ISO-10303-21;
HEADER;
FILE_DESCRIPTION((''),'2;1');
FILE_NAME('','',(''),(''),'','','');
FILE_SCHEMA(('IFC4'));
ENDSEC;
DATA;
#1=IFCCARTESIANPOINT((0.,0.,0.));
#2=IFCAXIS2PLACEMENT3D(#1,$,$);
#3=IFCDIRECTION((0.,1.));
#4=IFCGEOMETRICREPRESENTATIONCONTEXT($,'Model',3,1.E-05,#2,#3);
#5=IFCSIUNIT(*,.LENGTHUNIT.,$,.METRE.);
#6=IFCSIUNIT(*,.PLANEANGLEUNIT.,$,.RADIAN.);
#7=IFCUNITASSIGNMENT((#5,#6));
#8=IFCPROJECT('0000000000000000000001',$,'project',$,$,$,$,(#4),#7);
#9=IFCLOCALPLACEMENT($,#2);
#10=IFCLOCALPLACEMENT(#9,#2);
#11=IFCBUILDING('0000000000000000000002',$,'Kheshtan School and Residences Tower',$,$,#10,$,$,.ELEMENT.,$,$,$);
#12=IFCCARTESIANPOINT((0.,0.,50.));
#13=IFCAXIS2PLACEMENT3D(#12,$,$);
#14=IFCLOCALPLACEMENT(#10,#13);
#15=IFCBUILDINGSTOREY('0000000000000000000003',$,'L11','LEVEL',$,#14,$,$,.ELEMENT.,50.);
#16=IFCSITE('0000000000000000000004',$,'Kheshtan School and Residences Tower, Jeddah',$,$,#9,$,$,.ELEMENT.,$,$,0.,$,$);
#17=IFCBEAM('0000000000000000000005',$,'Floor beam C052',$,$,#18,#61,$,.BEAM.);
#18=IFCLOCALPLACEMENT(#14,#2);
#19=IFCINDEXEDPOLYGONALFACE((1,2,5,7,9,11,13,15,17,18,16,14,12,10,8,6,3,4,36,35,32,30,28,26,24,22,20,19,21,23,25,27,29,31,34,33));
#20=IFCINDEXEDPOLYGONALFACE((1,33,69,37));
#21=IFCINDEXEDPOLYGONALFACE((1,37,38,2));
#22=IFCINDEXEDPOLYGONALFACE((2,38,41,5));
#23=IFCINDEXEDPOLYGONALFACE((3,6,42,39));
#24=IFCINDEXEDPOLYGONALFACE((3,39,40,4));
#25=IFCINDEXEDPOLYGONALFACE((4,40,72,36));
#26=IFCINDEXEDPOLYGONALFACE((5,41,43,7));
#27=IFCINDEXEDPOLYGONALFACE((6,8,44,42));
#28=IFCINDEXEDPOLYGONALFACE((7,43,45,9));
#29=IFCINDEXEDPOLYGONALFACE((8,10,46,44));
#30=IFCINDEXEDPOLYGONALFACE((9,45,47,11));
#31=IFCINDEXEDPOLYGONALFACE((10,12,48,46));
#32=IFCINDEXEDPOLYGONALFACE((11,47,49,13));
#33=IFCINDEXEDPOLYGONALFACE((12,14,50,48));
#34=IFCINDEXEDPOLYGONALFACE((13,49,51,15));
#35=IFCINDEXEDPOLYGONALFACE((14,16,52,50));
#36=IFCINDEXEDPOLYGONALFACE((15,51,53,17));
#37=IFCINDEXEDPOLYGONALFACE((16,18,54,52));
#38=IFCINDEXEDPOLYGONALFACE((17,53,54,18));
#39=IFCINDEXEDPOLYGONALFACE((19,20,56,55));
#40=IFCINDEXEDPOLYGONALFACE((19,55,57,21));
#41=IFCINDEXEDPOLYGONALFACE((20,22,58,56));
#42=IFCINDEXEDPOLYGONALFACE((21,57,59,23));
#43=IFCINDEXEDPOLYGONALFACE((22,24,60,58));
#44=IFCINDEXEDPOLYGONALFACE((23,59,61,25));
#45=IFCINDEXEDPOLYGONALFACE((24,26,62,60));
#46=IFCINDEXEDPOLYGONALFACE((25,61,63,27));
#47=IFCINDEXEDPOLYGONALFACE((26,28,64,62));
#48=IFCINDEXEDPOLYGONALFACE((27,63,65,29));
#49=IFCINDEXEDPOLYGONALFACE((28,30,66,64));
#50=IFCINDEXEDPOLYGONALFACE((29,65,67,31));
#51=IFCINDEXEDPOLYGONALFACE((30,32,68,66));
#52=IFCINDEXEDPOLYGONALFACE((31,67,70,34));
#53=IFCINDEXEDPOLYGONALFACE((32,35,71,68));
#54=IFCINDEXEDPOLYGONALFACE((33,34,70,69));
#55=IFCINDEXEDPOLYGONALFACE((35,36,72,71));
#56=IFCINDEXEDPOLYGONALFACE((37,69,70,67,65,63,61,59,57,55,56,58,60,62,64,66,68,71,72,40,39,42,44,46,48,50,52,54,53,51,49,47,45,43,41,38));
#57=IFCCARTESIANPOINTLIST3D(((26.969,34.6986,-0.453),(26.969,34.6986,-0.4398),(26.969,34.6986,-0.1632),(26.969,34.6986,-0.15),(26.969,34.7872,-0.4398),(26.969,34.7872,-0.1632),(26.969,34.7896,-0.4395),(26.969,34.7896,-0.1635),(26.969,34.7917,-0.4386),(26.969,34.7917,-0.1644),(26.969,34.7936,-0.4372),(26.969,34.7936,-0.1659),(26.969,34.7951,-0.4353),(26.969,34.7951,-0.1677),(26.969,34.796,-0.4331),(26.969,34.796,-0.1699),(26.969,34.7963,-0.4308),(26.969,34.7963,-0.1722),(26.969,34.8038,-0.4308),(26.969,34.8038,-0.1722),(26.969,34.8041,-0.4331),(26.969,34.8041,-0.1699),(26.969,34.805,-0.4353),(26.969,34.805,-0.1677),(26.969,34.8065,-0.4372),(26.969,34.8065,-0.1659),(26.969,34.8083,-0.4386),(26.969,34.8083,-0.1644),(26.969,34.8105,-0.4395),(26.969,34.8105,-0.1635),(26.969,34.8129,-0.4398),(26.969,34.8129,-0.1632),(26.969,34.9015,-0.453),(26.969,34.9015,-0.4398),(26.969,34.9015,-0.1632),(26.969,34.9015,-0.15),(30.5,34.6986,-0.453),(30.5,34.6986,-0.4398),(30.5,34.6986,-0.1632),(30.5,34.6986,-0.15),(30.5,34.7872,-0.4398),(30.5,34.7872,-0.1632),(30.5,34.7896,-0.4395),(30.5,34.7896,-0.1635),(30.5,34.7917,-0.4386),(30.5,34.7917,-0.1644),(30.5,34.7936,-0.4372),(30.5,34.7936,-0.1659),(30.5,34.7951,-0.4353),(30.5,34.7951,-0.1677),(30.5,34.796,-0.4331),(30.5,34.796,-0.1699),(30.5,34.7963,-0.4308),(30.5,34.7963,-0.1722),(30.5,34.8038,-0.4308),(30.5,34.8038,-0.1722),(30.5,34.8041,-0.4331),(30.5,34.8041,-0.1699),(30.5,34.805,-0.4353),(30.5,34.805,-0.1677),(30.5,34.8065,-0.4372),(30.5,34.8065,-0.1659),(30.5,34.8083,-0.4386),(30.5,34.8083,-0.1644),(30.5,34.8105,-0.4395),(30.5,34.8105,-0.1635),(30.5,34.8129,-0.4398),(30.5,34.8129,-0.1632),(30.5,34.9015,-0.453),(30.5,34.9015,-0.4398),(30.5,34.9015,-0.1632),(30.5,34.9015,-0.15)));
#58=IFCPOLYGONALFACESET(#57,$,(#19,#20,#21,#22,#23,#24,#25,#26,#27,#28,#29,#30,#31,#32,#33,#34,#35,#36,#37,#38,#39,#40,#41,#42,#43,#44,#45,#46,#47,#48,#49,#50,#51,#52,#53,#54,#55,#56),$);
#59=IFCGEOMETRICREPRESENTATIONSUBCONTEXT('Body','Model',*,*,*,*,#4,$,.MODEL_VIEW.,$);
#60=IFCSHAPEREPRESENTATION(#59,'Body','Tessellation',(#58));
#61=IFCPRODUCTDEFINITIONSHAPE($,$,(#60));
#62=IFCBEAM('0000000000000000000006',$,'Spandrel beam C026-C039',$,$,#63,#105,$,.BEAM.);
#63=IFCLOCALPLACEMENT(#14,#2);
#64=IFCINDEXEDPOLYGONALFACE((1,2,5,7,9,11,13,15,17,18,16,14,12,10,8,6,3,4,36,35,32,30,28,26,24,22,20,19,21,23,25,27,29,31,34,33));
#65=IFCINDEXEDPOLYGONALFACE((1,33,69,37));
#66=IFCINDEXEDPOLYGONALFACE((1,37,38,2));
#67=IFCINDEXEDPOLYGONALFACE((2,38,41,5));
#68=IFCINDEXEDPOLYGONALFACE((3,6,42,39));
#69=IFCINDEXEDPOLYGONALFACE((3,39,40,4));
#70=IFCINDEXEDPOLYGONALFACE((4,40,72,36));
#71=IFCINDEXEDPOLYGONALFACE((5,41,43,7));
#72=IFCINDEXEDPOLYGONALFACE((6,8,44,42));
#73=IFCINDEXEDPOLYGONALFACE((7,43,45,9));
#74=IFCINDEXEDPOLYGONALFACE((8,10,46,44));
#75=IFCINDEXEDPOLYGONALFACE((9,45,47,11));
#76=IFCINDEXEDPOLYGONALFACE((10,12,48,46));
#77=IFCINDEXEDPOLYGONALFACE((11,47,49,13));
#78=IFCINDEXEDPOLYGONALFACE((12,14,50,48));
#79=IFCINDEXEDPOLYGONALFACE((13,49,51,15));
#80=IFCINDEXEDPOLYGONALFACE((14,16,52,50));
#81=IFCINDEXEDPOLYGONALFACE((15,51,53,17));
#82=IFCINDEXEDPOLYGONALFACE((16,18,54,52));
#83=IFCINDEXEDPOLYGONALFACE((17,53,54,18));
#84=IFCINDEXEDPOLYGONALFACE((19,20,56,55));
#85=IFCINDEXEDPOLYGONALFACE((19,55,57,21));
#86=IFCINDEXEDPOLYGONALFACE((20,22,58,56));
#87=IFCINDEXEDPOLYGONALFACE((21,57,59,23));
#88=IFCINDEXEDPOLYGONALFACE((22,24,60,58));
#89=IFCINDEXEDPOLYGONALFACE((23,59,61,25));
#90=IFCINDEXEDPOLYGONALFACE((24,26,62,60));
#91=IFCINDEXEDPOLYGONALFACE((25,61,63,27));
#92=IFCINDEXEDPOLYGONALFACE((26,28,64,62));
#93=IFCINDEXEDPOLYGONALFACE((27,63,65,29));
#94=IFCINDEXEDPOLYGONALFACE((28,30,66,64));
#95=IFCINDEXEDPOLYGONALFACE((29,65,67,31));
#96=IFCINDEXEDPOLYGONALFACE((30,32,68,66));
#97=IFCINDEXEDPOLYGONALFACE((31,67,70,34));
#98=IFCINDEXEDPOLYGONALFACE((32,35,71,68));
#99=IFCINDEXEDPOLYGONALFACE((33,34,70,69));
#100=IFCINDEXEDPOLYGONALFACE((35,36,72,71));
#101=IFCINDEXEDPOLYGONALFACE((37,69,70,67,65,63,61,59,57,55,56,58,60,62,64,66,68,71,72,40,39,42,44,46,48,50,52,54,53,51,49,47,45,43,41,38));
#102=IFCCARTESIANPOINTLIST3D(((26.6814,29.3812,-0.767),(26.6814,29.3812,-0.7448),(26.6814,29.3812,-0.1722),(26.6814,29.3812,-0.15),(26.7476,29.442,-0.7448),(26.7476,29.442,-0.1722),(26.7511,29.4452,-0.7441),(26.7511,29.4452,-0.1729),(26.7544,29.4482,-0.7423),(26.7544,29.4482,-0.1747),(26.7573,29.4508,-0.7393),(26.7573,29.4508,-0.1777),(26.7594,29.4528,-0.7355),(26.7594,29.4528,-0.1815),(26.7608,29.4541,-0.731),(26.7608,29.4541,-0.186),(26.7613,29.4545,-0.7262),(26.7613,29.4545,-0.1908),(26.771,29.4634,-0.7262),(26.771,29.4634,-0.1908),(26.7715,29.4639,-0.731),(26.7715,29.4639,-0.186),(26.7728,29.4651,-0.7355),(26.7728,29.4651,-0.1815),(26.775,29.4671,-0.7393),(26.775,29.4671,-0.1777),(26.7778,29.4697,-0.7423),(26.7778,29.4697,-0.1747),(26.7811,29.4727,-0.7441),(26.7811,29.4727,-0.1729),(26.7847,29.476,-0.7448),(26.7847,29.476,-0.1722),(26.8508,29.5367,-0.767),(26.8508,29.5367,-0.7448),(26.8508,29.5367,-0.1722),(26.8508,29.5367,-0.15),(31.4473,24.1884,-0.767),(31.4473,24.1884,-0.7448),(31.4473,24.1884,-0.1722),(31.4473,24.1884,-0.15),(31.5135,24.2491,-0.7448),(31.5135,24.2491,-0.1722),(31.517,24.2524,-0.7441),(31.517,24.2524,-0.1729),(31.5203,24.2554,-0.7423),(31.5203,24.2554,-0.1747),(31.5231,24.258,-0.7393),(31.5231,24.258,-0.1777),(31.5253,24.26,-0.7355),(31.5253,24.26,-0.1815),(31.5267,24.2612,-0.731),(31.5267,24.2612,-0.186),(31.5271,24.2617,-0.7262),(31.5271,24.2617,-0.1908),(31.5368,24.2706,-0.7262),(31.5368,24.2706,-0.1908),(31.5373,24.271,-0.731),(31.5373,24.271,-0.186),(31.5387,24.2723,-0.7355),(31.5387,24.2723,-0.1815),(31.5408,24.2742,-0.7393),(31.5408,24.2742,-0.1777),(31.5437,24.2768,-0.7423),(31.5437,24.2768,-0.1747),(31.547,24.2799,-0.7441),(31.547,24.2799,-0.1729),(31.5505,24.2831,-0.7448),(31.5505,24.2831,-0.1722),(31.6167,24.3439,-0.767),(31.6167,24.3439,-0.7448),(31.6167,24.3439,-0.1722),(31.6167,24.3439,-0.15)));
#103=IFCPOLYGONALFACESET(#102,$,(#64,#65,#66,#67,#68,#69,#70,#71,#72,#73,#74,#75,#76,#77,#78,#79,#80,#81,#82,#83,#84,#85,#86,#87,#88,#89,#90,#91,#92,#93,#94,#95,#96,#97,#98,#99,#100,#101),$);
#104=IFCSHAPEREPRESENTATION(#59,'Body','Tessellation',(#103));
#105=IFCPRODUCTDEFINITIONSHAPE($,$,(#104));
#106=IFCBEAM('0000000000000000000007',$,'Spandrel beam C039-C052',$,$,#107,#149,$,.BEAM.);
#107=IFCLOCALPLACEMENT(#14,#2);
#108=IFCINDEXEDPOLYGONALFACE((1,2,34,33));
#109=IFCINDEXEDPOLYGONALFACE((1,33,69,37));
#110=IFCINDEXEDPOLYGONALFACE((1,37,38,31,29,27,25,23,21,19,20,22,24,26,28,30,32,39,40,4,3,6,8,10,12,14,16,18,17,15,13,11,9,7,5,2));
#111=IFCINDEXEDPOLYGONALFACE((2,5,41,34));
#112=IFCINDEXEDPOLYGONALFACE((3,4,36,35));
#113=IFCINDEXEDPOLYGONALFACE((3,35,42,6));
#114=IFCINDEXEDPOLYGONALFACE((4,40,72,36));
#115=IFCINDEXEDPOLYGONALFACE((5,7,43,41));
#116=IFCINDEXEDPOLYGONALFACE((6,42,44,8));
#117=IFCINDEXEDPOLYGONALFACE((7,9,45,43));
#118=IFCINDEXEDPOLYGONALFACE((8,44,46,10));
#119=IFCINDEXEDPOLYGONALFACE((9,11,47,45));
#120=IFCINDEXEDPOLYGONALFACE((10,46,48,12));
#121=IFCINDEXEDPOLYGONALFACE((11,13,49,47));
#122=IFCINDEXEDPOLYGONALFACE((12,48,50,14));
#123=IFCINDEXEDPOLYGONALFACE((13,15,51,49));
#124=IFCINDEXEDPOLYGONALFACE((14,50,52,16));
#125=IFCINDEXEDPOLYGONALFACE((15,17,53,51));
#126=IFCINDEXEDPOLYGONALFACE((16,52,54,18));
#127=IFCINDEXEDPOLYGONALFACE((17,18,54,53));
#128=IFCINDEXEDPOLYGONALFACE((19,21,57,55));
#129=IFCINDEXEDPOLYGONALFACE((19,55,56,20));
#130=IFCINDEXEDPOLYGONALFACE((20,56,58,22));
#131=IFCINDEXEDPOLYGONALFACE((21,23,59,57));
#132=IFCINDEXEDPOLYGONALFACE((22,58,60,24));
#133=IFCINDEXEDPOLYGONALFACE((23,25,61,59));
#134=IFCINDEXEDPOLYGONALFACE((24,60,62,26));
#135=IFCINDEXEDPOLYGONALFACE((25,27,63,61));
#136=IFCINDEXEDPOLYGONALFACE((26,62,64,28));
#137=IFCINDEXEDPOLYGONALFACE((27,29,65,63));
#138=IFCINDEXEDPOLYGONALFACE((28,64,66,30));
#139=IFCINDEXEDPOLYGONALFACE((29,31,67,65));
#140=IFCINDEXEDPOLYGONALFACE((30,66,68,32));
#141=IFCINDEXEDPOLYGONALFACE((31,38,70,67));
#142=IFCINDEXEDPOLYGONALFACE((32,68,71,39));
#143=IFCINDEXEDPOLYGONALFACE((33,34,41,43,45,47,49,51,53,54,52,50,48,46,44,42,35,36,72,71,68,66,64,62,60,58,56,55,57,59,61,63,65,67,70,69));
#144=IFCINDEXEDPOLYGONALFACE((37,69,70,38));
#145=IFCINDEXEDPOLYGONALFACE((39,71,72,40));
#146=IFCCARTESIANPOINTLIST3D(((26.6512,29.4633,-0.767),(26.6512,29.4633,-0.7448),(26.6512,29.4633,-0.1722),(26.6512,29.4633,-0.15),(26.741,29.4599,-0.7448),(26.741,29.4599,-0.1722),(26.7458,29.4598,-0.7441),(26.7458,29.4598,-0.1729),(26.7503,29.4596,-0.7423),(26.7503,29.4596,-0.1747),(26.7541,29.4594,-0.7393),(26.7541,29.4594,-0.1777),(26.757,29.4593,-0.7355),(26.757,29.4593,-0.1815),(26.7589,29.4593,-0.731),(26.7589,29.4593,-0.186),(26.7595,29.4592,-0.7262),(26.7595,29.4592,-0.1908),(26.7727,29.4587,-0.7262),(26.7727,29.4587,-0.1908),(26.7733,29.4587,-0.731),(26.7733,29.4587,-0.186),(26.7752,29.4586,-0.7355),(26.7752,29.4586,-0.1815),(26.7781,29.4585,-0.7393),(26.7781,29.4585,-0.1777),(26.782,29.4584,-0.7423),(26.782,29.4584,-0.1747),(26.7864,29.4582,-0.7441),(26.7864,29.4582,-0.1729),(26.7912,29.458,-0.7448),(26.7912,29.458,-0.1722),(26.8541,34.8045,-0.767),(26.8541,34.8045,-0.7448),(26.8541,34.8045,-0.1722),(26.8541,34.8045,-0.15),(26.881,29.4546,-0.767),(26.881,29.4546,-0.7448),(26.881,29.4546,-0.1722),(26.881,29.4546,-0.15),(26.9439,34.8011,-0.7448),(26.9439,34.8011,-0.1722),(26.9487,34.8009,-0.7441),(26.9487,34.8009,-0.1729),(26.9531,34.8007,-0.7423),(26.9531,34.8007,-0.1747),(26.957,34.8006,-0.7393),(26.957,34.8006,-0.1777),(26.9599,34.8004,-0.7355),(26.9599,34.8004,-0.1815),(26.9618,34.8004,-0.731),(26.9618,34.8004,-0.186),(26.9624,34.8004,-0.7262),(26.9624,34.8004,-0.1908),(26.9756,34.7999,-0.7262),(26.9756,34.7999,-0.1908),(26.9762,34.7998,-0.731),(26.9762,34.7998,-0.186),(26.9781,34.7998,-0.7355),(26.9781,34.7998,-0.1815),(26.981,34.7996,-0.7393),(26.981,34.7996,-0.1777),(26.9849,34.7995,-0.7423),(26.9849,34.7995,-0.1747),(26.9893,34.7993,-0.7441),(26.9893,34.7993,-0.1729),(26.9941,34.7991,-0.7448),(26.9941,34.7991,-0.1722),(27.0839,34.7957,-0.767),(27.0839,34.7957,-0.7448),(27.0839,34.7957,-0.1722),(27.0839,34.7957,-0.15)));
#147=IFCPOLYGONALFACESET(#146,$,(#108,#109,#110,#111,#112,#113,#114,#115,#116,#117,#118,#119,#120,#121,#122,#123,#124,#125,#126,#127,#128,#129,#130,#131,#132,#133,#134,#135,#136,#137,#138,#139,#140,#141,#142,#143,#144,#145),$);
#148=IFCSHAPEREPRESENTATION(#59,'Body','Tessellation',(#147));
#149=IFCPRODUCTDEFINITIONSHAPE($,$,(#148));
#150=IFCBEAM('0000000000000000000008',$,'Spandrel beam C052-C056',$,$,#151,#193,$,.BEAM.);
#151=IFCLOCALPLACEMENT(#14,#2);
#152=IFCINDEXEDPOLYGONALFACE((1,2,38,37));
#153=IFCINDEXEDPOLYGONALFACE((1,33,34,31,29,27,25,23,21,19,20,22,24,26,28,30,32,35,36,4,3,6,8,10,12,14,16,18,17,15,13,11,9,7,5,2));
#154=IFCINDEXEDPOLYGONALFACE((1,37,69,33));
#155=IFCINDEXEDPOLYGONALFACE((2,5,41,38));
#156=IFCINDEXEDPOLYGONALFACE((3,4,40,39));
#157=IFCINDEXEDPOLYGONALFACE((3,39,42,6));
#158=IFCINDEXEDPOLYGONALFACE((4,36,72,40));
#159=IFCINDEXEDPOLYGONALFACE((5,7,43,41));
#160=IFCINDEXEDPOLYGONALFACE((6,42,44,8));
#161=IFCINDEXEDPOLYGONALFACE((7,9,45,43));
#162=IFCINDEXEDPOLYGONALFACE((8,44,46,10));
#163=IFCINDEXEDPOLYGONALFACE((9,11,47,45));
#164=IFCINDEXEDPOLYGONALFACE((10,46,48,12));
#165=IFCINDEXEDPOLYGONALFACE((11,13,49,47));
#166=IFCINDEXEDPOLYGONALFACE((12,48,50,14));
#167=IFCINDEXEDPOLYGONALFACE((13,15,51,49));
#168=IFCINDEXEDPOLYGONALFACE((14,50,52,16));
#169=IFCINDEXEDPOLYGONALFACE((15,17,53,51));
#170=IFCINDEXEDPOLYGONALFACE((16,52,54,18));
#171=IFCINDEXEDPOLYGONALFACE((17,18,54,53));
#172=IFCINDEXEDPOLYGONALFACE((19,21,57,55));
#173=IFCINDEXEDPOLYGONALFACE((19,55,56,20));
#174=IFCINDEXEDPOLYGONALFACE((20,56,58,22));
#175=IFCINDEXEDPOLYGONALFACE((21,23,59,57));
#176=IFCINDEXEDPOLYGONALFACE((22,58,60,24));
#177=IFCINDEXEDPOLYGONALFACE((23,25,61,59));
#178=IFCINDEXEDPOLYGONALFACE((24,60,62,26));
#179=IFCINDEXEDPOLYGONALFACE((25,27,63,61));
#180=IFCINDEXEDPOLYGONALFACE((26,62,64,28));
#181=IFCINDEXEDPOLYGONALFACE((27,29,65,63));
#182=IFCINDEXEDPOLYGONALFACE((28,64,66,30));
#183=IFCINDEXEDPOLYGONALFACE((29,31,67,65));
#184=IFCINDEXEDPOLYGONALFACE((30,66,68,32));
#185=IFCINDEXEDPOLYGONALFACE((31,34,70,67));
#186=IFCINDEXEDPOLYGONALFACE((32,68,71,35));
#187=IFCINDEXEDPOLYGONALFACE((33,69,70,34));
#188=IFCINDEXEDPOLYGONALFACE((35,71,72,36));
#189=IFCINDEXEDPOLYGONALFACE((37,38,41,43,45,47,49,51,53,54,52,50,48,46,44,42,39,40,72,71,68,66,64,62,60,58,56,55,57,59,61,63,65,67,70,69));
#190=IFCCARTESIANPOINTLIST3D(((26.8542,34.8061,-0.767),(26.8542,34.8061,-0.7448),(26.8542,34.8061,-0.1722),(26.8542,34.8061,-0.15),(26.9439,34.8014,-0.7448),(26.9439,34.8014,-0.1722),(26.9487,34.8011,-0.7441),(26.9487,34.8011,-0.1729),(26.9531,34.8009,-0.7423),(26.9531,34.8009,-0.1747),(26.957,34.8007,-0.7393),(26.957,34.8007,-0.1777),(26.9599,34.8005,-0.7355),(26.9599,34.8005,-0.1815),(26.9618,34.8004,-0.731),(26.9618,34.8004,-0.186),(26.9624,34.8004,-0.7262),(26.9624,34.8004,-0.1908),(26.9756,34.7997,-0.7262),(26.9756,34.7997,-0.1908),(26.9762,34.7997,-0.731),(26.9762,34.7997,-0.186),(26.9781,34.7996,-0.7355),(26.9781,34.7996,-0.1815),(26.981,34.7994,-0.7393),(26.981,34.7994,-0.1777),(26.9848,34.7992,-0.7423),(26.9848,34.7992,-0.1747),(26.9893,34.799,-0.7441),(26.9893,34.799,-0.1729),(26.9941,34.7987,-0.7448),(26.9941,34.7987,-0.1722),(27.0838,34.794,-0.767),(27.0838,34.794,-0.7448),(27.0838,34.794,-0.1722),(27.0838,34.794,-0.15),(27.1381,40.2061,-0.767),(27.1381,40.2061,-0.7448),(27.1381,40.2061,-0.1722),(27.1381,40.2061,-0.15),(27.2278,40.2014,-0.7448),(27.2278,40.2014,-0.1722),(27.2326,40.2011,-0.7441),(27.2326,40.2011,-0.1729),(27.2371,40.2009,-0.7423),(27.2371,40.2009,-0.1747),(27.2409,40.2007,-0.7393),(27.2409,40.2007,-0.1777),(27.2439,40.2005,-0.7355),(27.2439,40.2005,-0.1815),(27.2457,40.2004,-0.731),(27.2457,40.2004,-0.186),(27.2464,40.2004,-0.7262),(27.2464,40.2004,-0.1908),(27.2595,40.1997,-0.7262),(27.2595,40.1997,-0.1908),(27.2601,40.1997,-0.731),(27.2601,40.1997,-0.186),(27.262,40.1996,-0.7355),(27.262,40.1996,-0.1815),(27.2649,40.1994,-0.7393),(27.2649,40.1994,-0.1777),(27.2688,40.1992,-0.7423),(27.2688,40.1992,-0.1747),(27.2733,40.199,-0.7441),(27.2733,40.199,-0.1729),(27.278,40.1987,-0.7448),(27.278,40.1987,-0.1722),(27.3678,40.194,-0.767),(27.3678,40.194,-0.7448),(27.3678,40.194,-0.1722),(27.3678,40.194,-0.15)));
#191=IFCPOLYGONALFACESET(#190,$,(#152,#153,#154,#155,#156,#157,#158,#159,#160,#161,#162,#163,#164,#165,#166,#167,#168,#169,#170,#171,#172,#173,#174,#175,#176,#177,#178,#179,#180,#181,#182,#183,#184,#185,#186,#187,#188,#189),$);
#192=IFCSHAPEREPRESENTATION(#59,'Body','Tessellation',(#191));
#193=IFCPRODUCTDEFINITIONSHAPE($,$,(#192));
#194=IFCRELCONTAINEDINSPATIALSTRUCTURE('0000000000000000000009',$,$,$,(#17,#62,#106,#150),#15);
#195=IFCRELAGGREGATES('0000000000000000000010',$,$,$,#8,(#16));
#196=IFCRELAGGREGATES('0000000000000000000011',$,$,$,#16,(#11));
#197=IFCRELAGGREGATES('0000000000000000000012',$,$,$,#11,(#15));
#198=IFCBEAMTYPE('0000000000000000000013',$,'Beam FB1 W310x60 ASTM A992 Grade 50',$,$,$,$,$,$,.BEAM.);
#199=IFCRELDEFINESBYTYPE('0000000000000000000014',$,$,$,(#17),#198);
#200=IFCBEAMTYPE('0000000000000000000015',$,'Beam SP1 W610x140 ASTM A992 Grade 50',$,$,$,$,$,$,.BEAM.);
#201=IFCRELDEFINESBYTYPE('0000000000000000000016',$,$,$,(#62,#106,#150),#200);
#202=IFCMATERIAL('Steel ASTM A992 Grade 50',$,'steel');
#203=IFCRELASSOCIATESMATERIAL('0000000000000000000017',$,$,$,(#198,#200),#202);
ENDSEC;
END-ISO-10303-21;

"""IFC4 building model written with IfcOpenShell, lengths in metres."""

from ifc_helpers import new_model, si_unit, direction, frame, origin, origin_2d, place, context, subcontext, project, spatial, i_section, extrude, material, material_profile, profile_set, type_object, element, save


model = new_model("IFC4")

# Units and contexts
model_context = context("Model", 3, precision=1e-05, world=origin(), true_north=direction((0.0, 1.0)))
body_context = subcontext(model_context, "Body", "Model", "MODEL_VIEW")
ifc_project = project(units=[si_unit("LENGTHUNIT", "METRE"), si_unit("PLANEANGLEUNIT", "RADIAN")], contexts=[model_context])

# Site, building, storey
site_placement = place(None, origin())
site = spatial("IfcSite", under=ifc_project, at=site_placement, Name="Kheshtan School and Residences Tower, Jeddah", CompositionType="ELEMENT", RefElevation=0.0)
building_placement = place(site_placement, origin())
building = spatial("IfcBuilding", under=site, at=building_placement, Name="Kheshtan School and Residences Tower", CompositionType="ELEMENT")
storey_placement = place(building_placement, frame((0.0, 0.0, 50.0)))
storey = spatial("IfcBuildingStorey", under=building, at=storey_placement, Name="L11", Description="LEVEL", CompositionType="ELEMENT", Elevation=50.0)

# Shared definitions
ifc_material_1 = material(Name="Steel ASTM A992 Grade 50", Category="steel")

# Beams
ifc_material_profile_1 = material_profile(ifc_material_1, i_section(OverallWidth=0.2029, OverallDepth=0.303, WebThickness=0.0076, FlangeThickness=0.0132, FilletRadius=0.009, at=origin_2d()), Name="W310x60")
ifc_profile_set_1 = profile_set([ifc_material_profile_1], Name="Steel ASTM A992 Grade 50")
beam_type_1 = type_object("IfcBeamType", Name="Beam FB1 W310x60 ASTM A992 Grade 50", PredefinedType="BEAM", material=ifc_profile_set_1)
beam_1_placement = place(storey_placement, frame((26.969, 34.8, -0.3015), z_axis=(1.0, 0.0, 0.0), x_axis=(0.0, 1.0, 0.0)))
element("IfcBeam", 1, at=beam_1_placement, inside=storey, type_object=beam_type_1, Name="Floor beam C052", PredefinedType="BEAM", context=body_context, shape_type="SweptSolid", body=[
    extrude(i_section(OverallWidth=0.2029, OverallDepth=0.303, WebThickness=0.0076, FlangeThickness=0.0132, FilletRadius=0.009, at=origin_2d()), origin(), (0.0, 0.0, 1.0), 3.531),
])
ifc_material_profile_2 = material_profile(ifc_material_1, i_section(OverallWidth=0.23, OverallDepth=0.6169, WebThickness=0.0132, FlangeThickness=0.0222, FilletRadius=0.0186, at=origin_2d()), Name="W610x140")
ifc_profile_set_2 = profile_set([ifc_material_profile_2], Name="Steel ASTM A992 Grade 50")
beam_type_2 = type_object("IfcBeamType", Name="Beam SP1 W610x140 ASTM A992 Grade 50", PredefinedType="BEAM", material=ifc_profile_set_2)
beam_2_placement = place(storey_placement, frame((31.532, 24.2661, -0.4585), z_axis=(-0.676167, 0.736749, 0.0), x_axis=(-0.736749, -0.676167, 0.0)))
element("IfcBeam", 2, at=beam_2_placement, inside=storey, type_object=beam_type_2, Name="Spandrel beam C026-C039", PredefinedType="BEAM", context=body_context, shape_type="SweptSolid", body=[
    extrude(i_section(OverallWidth=0.23, OverallDepth=0.6169, WebThickness=0.0132, FlangeThickness=0.0222, FilletRadius=0.0186, at=origin_2d()), origin(), (0.0, 0.0, 1.0), 7.0483),
])
beam_3_placement = place(storey_placement, frame((26.7661, 29.459, -0.4585), z_axis=(0.037958, 0.999279, 0.0), x_axis=(-0.999279, 0.037958, 0.0)))
element("IfcBeam", 3, at=beam_3_placement, inside=storey, type_object=beam_type_2, Name="Spandrel beam C039-C052", PredefinedType="BEAM", context=body_context, shape_type="SweptSolid", body=[
    extrude(i_section(OverallWidth=0.23, OverallDepth=0.6169, WebThickness=0.0132, FlangeThickness=0.0222, FilletRadius=0.0186, at=origin_2d()), origin(), (0.0, 0.0, 1.0), 5.345),
])
beam_4_placement = place(storey_placement, frame((26.969, 34.8, -0.4585), z_axis=(0.052509, 0.99862, 0.0), x_axis=(-0.99862, 0.052509, 0.0)))
element("IfcBeam", 4, at=beam_4_placement, inside=storey, type_object=beam_type_2, Name="Spandrel beam C052-C056", PredefinedType="BEAM", context=body_context, shape_type="SweptSolid", body=[
    extrude(i_section(OverallWidth=0.23, OverallDepth=0.6169, WebThickness=0.0132, FlangeThickness=0.0222, FilletRadius=0.0186, at=origin_2d()), origin(), (0.0, 0.0, 1.0), 5.4075),
])

save(model, "model.ifc")
